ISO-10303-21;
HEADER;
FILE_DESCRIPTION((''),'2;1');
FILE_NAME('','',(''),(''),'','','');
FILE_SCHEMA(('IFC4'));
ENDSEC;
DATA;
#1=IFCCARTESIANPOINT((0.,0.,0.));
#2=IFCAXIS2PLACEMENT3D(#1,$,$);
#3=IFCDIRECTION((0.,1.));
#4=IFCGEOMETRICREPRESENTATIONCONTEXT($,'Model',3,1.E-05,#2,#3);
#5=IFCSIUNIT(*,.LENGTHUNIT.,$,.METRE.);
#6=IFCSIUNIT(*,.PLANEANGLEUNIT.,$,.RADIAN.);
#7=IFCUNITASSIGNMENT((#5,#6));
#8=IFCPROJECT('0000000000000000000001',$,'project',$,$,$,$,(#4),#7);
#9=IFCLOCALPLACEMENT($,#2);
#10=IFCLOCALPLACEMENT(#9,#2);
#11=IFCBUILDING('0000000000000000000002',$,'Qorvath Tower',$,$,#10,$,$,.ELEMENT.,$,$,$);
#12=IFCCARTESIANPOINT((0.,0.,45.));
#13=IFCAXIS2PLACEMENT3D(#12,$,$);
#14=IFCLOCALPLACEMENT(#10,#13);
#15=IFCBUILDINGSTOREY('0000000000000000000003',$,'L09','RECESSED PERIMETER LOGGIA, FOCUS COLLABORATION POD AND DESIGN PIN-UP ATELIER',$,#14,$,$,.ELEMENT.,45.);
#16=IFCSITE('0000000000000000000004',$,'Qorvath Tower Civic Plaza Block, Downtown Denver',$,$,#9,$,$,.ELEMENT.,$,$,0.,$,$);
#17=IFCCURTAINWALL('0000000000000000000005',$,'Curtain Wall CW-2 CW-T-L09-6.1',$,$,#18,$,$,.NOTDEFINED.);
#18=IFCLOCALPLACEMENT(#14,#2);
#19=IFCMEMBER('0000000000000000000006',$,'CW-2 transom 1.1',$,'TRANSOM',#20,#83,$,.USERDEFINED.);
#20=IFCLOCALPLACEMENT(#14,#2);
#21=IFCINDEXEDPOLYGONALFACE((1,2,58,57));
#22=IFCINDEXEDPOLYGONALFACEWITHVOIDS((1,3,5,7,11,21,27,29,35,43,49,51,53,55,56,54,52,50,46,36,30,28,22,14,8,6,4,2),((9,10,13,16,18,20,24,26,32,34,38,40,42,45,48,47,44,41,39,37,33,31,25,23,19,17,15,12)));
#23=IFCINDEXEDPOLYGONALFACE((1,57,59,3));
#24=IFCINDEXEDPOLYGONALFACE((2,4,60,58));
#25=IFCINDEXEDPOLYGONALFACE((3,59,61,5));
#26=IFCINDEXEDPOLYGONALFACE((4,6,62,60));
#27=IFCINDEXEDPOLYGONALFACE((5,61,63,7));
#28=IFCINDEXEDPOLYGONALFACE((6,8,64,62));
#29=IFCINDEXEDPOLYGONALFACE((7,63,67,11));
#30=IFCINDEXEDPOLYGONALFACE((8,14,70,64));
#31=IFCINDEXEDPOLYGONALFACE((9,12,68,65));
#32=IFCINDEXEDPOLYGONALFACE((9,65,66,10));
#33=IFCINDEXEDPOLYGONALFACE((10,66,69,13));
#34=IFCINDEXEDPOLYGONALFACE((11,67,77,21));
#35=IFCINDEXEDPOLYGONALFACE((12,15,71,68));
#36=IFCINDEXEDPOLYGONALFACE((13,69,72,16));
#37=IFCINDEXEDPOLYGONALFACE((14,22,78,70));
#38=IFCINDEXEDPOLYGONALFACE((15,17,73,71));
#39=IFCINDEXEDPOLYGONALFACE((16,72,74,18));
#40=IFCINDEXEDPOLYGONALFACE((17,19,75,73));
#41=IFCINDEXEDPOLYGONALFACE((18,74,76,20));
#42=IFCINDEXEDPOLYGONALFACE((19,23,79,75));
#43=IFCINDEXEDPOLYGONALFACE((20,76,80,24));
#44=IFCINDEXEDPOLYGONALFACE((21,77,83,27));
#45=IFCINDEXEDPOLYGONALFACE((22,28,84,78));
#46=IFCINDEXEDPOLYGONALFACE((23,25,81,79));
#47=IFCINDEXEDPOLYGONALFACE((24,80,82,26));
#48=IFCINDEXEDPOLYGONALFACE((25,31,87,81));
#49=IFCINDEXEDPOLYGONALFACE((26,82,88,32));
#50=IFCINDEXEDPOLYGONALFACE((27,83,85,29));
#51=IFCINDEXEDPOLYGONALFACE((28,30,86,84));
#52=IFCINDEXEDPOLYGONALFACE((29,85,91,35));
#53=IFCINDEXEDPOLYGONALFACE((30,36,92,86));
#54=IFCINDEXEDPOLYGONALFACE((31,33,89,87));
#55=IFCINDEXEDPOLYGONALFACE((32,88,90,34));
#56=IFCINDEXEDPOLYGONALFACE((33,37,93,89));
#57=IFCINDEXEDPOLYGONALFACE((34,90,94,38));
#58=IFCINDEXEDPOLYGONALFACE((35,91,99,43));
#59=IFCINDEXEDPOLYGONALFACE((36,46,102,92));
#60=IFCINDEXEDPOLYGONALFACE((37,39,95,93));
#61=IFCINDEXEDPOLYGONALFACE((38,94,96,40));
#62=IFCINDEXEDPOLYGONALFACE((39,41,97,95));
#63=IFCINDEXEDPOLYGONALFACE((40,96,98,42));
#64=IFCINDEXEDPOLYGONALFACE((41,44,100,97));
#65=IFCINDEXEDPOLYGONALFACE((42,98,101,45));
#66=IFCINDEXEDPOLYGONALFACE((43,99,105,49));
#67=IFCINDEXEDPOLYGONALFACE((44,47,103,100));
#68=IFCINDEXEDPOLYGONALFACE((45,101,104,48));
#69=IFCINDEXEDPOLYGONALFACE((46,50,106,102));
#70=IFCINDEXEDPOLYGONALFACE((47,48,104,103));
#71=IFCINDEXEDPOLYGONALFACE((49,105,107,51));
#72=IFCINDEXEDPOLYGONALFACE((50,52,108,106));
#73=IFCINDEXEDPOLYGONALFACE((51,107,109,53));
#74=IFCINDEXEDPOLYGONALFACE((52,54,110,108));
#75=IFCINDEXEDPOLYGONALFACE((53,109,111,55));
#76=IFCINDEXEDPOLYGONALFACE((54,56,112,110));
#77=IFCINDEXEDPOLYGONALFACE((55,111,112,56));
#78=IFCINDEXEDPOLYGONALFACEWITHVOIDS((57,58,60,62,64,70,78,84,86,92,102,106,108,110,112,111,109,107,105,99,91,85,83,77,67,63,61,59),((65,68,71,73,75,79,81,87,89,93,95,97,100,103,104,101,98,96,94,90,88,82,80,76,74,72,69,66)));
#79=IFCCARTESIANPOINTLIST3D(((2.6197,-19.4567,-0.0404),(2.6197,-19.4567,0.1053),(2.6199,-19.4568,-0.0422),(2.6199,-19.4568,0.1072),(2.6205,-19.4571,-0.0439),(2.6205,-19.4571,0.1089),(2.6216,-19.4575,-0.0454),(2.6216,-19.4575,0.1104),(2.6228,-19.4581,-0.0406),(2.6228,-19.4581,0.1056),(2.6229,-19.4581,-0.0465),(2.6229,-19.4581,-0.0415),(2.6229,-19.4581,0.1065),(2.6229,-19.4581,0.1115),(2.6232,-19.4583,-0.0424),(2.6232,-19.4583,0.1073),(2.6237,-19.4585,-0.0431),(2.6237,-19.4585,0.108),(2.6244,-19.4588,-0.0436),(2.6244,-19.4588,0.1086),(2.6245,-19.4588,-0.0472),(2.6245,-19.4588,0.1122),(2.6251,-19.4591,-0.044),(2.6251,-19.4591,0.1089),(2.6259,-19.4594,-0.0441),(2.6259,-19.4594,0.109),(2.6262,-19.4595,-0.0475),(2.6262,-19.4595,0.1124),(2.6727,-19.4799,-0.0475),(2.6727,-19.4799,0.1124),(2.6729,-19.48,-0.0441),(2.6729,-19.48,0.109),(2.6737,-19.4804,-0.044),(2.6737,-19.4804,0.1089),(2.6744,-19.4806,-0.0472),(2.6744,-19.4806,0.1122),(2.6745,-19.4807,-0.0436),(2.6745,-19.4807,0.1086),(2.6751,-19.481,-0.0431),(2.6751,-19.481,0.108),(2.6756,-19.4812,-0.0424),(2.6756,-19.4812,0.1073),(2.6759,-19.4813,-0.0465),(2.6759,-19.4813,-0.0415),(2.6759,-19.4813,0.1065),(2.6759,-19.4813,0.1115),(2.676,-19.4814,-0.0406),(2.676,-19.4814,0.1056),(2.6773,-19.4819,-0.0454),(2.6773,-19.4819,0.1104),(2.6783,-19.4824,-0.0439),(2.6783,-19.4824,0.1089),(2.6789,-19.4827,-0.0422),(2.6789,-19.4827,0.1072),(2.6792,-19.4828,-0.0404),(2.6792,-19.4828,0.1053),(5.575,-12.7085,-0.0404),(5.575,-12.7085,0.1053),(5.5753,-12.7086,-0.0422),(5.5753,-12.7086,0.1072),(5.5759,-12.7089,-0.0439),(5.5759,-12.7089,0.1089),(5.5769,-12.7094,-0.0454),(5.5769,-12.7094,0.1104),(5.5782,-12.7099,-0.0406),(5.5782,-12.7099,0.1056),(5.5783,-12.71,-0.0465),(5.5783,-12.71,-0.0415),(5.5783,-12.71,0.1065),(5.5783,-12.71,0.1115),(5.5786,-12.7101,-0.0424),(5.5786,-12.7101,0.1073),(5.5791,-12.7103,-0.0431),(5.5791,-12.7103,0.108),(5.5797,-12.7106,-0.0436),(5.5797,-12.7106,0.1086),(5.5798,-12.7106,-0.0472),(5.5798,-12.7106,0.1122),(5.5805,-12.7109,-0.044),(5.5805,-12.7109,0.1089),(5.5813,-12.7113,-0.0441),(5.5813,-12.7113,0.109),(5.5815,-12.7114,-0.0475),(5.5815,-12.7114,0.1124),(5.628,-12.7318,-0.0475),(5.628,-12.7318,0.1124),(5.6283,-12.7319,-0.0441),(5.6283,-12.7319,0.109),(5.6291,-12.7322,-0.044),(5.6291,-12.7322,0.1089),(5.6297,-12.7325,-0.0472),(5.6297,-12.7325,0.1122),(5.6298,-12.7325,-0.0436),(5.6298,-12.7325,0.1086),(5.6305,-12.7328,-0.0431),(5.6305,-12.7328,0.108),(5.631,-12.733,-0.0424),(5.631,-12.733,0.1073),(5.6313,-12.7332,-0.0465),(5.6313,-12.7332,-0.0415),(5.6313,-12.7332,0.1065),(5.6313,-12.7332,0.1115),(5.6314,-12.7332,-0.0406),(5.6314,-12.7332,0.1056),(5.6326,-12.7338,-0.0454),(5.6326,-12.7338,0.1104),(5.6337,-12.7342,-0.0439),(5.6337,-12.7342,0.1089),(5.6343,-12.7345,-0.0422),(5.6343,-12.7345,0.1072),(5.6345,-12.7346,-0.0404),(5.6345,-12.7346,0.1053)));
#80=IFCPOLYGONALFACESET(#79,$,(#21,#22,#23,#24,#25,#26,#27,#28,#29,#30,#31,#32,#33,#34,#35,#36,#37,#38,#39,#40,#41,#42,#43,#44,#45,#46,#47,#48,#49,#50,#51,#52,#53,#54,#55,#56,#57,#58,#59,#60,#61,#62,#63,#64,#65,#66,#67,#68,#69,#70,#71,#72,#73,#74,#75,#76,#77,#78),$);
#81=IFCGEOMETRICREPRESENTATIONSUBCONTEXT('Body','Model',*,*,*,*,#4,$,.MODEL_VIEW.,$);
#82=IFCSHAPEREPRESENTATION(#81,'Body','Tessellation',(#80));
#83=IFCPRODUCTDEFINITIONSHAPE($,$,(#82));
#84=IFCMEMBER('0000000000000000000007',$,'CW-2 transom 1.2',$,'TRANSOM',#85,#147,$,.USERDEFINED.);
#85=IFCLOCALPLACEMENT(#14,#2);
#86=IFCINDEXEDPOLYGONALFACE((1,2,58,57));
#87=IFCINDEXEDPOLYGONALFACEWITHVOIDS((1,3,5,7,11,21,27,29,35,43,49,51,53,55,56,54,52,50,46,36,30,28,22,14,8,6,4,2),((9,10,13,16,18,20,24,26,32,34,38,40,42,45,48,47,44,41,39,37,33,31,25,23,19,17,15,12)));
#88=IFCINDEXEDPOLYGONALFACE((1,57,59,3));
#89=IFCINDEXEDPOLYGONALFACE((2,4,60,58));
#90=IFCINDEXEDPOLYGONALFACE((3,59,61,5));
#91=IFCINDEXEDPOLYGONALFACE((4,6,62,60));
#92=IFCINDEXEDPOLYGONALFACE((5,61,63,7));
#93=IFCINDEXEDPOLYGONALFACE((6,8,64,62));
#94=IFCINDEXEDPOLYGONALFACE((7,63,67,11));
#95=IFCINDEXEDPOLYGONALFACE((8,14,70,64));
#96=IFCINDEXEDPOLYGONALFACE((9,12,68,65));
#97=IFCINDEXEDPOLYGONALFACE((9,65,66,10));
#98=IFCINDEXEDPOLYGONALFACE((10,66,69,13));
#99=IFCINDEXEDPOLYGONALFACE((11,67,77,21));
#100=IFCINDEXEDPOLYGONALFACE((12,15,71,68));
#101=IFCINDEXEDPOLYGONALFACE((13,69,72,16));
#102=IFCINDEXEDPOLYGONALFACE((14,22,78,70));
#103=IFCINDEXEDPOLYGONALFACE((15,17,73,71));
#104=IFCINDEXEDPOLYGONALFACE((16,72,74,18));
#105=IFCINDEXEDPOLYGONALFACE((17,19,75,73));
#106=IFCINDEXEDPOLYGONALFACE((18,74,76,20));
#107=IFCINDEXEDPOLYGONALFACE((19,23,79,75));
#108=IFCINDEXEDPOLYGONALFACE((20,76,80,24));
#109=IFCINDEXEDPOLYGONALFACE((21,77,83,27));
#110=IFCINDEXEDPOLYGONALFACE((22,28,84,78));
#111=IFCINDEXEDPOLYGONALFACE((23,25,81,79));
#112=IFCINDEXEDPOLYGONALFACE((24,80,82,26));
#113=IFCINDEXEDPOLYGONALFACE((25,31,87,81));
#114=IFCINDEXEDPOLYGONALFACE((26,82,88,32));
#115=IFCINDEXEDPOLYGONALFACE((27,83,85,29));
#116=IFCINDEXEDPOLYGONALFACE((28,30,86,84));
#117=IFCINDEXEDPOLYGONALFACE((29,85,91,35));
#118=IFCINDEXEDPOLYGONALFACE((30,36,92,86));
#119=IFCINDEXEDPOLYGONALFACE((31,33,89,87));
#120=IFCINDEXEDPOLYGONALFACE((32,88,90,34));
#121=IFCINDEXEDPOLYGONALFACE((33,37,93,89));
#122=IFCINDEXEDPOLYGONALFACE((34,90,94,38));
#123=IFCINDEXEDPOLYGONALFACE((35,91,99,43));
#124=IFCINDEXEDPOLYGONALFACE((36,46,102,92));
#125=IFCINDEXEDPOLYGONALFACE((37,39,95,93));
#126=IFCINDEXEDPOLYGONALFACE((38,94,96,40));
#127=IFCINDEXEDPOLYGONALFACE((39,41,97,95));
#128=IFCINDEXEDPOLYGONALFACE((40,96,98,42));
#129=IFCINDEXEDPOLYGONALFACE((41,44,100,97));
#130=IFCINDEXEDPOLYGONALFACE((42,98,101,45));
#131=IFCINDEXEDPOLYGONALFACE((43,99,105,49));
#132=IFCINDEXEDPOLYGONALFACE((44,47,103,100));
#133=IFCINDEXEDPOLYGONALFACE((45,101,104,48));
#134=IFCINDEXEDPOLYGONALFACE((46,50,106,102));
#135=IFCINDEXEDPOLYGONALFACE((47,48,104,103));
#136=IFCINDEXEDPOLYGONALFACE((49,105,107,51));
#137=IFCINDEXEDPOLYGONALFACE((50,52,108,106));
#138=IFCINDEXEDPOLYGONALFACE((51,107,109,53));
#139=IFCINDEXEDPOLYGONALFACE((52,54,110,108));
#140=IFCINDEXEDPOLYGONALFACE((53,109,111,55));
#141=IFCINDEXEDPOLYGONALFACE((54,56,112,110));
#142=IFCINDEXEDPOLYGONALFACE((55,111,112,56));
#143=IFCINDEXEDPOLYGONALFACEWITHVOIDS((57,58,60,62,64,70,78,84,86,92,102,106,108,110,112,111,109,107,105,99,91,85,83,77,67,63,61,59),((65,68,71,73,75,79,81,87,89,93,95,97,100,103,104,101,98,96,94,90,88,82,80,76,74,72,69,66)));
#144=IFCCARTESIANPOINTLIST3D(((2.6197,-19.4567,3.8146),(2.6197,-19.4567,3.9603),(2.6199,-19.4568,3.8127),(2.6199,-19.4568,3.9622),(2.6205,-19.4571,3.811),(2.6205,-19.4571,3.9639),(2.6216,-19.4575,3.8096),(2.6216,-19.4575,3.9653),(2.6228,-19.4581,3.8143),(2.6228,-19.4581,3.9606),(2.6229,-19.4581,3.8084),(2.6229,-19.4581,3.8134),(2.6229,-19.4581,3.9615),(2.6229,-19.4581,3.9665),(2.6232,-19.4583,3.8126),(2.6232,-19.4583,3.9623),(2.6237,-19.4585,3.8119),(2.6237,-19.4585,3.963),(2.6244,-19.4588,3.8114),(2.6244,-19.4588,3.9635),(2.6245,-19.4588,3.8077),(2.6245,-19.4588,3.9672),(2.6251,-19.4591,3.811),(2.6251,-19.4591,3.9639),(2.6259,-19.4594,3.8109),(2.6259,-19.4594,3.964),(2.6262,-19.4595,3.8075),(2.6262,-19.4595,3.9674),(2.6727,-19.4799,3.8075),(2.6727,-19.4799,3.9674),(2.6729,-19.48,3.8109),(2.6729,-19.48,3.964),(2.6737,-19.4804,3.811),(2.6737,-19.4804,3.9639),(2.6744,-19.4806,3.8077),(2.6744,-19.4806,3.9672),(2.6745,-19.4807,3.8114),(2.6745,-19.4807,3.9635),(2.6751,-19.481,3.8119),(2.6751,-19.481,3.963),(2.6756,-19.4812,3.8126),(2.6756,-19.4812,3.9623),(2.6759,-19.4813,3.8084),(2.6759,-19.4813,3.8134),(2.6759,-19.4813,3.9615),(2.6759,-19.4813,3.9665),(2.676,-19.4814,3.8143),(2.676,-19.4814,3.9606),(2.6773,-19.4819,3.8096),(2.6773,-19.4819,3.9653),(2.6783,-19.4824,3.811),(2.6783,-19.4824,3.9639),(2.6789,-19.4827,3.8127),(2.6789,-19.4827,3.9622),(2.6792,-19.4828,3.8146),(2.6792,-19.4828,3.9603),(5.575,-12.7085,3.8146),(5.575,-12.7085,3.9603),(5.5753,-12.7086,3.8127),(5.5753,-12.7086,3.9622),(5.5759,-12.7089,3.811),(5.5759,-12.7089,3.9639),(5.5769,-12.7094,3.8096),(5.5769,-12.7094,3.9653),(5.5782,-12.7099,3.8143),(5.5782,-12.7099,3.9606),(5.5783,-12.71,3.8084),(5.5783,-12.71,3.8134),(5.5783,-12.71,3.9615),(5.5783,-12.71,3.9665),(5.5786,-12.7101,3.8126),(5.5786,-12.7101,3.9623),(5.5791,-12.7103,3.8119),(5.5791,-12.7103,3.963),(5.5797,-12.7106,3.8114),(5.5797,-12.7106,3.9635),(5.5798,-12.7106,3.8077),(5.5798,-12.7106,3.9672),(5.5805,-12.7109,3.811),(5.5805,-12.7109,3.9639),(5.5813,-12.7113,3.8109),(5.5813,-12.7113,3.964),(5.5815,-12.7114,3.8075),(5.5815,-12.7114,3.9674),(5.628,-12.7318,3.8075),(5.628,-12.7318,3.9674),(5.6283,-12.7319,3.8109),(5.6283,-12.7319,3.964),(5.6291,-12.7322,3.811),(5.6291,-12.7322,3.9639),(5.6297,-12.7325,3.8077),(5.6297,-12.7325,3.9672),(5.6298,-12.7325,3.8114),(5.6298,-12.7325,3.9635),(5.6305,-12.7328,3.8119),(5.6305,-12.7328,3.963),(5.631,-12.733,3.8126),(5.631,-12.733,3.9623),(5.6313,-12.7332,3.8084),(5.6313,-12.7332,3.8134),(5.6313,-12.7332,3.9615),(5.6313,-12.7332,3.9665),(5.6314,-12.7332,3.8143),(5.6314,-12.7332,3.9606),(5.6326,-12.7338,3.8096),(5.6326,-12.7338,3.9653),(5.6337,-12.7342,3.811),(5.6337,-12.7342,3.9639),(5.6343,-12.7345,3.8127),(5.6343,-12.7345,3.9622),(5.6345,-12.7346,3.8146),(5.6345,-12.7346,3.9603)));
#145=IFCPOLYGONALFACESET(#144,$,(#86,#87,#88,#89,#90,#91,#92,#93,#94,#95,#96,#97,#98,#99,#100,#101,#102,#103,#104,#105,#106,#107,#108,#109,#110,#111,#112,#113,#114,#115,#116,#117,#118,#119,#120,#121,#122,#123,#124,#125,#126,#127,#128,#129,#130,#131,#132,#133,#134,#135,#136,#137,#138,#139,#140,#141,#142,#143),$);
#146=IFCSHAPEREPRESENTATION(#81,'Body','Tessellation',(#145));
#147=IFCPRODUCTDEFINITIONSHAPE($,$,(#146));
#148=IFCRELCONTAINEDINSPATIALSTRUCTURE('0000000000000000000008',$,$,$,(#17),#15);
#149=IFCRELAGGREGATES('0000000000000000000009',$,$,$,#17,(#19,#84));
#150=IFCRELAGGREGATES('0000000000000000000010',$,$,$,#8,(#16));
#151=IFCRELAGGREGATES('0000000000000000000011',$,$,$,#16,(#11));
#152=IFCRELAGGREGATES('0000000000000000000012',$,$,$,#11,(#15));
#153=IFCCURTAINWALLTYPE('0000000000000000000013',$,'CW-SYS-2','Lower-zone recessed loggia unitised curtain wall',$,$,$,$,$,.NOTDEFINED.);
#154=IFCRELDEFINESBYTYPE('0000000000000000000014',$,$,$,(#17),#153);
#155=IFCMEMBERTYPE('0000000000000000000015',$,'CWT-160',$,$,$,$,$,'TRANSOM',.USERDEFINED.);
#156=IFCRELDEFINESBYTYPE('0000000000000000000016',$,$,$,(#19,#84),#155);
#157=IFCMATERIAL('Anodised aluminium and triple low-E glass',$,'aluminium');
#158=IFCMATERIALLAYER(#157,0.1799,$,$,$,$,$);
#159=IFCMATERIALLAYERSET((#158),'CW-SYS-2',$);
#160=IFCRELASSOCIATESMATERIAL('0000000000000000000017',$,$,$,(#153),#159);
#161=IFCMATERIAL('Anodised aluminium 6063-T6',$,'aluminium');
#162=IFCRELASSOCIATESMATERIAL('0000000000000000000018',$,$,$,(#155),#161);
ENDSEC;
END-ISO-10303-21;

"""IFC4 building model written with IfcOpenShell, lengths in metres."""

from ifc_helpers import new_model, si_unit, direction, frame, origin, origin_2d, place, context, subcontext, project, spatial, hollow_rectangle, extrude, material, layer, layer_set, material_profile, profile_set, type_object, element, aggregate, save


model = new_model("IFC4")

# Units and contexts
model_context = context("Model", 3, precision=1e-05, world=origin(), true_north=direction((0.0, 1.0)))
body_context = subcontext(model_context, "Body", "Model", "MODEL_VIEW")
ifc_project = project(units=[si_unit("LENGTHUNIT", "METRE"), si_unit("PLANEANGLEUNIT", "RADIAN")], contexts=[model_context])

# Site, building, storey
site_placement = place(None, origin())
site = spatial("IfcSite", under=ifc_project, at=site_placement, Name="Qorvath Tower Civic Plaza Block, Downtown Denver", CompositionType="ELEMENT", RefElevation=0.0)
building_placement = place(site_placement, origin())
building = spatial("IfcBuilding", under=site, at=building_placement, Name="Qorvath Tower", CompositionType="ELEMENT")
storey_placement = place(building_placement, frame((0.0, 0.0, 45.0)))
storey = spatial("IfcBuildingStorey", under=building, at=storey_placement, Name="L09", Description="RECESSED PERIMETER LOGGIA, FOCUS COLLABORATION POD AND DESIGN PIN-UP ATELIER", CompositionType="ELEMENT", Elevation=45.0)

# Shared definitions
ifc_material_1 = material(Name="Anodised aluminium and triple low-E glass", Category="aluminium")
ifc_layer_1 = layer(ifc_material_1, 0.1799)
ifc_layer_set_1 = layer_set([ifc_layer_1], Name="CW-SYS-2")
curtain_wall_type = type_object("IfcCurtainWallType", Name="CW-SYS-2", Description="Lower-zone recessed loggia unitised curtain wall", PredefinedType="NOTDEFINED", material=ifc_layer_set_1)

# Curtain wall
curtain_wall_1_placement = place(storey_placement, origin())
curtain_wall_1 = element("IfcCurtainWall", 1, at=curtain_wall_1_placement, inside=storey, type_object=curtain_wall_type, Name="Curtain Wall CW-2 CW-T-L09-6.1", PredefinedType="NOTDEFINED")

# Members
ifc_material_2 = material(Name="Anodised aluminium 6063-T6", Category="aluminium")
ifc_material_profile_1 = material_profile(ifc_material_2, hollow_rectangle(XDim=0.0649, YDim=0.1599, WallThickness=0.0034, InnerFilletRadius=0.0034, OuterFilletRadius=0.0071, at=origin_2d()), Name="CWT 160x65")
ifc_profile_set_1 = profile_set([ifc_material_profile_1], Name="Anodised aluminium 6063-T6")
member_type_1 = type_object("IfcMemberType", Name="CWT-160", ElementType="TRANSOM", PredefinedType="USERDEFINED", material=ifc_profile_set_1)
member_1_placement = place(storey_placement, frame((2.6494, -19.4697, 0.0325), z_axis=(0.401167, 0.916005, 0.0), x_axis=(-0.916005, 0.401167, 0.0)))
member_1 = element("IfcMember", 2, at=member_1_placement, type_object=member_type_1, Name="CW-2 transom 1.1", ObjectType="TRANSOM", PredefinedType="USERDEFINED", context=body_context, shape_type="SweptSolid", body=[
    extrude(hollow_rectangle(XDim=0.0649, YDim=0.1599, WallThickness=0.0034, InnerFilletRadius=0.0034, OuterFilletRadius=0.0071, at=origin_2d()), origin(), (0.0, 0.0, 1.0), 7.3669),
])
member_2_placement = place(storey_placement, frame((2.6494, -19.4697, 3.8875), z_axis=(0.401167, 0.916005, 0.0), x_axis=(-0.916005, 0.401167, 0.0)))
member_2 = element("IfcMember", 3, at=member_2_placement, type_object=member_type_1, Name="CW-2 transom 1.2", ObjectType="TRANSOM", PredefinedType="USERDEFINED", context=body_context, shape_type="SweptSolid", body=[
    extrude(hollow_rectangle(XDim=0.0649, YDim=0.1599, WallThickness=0.0034, InnerFilletRadius=0.0034, OuterFilletRadius=0.0071, at=origin_2d()), origin(), (0.0, 0.0, 1.0), 7.3669),
])

aggregate(curtain_wall_1, [member_1, member_2])

save(model, "model.ifc")
